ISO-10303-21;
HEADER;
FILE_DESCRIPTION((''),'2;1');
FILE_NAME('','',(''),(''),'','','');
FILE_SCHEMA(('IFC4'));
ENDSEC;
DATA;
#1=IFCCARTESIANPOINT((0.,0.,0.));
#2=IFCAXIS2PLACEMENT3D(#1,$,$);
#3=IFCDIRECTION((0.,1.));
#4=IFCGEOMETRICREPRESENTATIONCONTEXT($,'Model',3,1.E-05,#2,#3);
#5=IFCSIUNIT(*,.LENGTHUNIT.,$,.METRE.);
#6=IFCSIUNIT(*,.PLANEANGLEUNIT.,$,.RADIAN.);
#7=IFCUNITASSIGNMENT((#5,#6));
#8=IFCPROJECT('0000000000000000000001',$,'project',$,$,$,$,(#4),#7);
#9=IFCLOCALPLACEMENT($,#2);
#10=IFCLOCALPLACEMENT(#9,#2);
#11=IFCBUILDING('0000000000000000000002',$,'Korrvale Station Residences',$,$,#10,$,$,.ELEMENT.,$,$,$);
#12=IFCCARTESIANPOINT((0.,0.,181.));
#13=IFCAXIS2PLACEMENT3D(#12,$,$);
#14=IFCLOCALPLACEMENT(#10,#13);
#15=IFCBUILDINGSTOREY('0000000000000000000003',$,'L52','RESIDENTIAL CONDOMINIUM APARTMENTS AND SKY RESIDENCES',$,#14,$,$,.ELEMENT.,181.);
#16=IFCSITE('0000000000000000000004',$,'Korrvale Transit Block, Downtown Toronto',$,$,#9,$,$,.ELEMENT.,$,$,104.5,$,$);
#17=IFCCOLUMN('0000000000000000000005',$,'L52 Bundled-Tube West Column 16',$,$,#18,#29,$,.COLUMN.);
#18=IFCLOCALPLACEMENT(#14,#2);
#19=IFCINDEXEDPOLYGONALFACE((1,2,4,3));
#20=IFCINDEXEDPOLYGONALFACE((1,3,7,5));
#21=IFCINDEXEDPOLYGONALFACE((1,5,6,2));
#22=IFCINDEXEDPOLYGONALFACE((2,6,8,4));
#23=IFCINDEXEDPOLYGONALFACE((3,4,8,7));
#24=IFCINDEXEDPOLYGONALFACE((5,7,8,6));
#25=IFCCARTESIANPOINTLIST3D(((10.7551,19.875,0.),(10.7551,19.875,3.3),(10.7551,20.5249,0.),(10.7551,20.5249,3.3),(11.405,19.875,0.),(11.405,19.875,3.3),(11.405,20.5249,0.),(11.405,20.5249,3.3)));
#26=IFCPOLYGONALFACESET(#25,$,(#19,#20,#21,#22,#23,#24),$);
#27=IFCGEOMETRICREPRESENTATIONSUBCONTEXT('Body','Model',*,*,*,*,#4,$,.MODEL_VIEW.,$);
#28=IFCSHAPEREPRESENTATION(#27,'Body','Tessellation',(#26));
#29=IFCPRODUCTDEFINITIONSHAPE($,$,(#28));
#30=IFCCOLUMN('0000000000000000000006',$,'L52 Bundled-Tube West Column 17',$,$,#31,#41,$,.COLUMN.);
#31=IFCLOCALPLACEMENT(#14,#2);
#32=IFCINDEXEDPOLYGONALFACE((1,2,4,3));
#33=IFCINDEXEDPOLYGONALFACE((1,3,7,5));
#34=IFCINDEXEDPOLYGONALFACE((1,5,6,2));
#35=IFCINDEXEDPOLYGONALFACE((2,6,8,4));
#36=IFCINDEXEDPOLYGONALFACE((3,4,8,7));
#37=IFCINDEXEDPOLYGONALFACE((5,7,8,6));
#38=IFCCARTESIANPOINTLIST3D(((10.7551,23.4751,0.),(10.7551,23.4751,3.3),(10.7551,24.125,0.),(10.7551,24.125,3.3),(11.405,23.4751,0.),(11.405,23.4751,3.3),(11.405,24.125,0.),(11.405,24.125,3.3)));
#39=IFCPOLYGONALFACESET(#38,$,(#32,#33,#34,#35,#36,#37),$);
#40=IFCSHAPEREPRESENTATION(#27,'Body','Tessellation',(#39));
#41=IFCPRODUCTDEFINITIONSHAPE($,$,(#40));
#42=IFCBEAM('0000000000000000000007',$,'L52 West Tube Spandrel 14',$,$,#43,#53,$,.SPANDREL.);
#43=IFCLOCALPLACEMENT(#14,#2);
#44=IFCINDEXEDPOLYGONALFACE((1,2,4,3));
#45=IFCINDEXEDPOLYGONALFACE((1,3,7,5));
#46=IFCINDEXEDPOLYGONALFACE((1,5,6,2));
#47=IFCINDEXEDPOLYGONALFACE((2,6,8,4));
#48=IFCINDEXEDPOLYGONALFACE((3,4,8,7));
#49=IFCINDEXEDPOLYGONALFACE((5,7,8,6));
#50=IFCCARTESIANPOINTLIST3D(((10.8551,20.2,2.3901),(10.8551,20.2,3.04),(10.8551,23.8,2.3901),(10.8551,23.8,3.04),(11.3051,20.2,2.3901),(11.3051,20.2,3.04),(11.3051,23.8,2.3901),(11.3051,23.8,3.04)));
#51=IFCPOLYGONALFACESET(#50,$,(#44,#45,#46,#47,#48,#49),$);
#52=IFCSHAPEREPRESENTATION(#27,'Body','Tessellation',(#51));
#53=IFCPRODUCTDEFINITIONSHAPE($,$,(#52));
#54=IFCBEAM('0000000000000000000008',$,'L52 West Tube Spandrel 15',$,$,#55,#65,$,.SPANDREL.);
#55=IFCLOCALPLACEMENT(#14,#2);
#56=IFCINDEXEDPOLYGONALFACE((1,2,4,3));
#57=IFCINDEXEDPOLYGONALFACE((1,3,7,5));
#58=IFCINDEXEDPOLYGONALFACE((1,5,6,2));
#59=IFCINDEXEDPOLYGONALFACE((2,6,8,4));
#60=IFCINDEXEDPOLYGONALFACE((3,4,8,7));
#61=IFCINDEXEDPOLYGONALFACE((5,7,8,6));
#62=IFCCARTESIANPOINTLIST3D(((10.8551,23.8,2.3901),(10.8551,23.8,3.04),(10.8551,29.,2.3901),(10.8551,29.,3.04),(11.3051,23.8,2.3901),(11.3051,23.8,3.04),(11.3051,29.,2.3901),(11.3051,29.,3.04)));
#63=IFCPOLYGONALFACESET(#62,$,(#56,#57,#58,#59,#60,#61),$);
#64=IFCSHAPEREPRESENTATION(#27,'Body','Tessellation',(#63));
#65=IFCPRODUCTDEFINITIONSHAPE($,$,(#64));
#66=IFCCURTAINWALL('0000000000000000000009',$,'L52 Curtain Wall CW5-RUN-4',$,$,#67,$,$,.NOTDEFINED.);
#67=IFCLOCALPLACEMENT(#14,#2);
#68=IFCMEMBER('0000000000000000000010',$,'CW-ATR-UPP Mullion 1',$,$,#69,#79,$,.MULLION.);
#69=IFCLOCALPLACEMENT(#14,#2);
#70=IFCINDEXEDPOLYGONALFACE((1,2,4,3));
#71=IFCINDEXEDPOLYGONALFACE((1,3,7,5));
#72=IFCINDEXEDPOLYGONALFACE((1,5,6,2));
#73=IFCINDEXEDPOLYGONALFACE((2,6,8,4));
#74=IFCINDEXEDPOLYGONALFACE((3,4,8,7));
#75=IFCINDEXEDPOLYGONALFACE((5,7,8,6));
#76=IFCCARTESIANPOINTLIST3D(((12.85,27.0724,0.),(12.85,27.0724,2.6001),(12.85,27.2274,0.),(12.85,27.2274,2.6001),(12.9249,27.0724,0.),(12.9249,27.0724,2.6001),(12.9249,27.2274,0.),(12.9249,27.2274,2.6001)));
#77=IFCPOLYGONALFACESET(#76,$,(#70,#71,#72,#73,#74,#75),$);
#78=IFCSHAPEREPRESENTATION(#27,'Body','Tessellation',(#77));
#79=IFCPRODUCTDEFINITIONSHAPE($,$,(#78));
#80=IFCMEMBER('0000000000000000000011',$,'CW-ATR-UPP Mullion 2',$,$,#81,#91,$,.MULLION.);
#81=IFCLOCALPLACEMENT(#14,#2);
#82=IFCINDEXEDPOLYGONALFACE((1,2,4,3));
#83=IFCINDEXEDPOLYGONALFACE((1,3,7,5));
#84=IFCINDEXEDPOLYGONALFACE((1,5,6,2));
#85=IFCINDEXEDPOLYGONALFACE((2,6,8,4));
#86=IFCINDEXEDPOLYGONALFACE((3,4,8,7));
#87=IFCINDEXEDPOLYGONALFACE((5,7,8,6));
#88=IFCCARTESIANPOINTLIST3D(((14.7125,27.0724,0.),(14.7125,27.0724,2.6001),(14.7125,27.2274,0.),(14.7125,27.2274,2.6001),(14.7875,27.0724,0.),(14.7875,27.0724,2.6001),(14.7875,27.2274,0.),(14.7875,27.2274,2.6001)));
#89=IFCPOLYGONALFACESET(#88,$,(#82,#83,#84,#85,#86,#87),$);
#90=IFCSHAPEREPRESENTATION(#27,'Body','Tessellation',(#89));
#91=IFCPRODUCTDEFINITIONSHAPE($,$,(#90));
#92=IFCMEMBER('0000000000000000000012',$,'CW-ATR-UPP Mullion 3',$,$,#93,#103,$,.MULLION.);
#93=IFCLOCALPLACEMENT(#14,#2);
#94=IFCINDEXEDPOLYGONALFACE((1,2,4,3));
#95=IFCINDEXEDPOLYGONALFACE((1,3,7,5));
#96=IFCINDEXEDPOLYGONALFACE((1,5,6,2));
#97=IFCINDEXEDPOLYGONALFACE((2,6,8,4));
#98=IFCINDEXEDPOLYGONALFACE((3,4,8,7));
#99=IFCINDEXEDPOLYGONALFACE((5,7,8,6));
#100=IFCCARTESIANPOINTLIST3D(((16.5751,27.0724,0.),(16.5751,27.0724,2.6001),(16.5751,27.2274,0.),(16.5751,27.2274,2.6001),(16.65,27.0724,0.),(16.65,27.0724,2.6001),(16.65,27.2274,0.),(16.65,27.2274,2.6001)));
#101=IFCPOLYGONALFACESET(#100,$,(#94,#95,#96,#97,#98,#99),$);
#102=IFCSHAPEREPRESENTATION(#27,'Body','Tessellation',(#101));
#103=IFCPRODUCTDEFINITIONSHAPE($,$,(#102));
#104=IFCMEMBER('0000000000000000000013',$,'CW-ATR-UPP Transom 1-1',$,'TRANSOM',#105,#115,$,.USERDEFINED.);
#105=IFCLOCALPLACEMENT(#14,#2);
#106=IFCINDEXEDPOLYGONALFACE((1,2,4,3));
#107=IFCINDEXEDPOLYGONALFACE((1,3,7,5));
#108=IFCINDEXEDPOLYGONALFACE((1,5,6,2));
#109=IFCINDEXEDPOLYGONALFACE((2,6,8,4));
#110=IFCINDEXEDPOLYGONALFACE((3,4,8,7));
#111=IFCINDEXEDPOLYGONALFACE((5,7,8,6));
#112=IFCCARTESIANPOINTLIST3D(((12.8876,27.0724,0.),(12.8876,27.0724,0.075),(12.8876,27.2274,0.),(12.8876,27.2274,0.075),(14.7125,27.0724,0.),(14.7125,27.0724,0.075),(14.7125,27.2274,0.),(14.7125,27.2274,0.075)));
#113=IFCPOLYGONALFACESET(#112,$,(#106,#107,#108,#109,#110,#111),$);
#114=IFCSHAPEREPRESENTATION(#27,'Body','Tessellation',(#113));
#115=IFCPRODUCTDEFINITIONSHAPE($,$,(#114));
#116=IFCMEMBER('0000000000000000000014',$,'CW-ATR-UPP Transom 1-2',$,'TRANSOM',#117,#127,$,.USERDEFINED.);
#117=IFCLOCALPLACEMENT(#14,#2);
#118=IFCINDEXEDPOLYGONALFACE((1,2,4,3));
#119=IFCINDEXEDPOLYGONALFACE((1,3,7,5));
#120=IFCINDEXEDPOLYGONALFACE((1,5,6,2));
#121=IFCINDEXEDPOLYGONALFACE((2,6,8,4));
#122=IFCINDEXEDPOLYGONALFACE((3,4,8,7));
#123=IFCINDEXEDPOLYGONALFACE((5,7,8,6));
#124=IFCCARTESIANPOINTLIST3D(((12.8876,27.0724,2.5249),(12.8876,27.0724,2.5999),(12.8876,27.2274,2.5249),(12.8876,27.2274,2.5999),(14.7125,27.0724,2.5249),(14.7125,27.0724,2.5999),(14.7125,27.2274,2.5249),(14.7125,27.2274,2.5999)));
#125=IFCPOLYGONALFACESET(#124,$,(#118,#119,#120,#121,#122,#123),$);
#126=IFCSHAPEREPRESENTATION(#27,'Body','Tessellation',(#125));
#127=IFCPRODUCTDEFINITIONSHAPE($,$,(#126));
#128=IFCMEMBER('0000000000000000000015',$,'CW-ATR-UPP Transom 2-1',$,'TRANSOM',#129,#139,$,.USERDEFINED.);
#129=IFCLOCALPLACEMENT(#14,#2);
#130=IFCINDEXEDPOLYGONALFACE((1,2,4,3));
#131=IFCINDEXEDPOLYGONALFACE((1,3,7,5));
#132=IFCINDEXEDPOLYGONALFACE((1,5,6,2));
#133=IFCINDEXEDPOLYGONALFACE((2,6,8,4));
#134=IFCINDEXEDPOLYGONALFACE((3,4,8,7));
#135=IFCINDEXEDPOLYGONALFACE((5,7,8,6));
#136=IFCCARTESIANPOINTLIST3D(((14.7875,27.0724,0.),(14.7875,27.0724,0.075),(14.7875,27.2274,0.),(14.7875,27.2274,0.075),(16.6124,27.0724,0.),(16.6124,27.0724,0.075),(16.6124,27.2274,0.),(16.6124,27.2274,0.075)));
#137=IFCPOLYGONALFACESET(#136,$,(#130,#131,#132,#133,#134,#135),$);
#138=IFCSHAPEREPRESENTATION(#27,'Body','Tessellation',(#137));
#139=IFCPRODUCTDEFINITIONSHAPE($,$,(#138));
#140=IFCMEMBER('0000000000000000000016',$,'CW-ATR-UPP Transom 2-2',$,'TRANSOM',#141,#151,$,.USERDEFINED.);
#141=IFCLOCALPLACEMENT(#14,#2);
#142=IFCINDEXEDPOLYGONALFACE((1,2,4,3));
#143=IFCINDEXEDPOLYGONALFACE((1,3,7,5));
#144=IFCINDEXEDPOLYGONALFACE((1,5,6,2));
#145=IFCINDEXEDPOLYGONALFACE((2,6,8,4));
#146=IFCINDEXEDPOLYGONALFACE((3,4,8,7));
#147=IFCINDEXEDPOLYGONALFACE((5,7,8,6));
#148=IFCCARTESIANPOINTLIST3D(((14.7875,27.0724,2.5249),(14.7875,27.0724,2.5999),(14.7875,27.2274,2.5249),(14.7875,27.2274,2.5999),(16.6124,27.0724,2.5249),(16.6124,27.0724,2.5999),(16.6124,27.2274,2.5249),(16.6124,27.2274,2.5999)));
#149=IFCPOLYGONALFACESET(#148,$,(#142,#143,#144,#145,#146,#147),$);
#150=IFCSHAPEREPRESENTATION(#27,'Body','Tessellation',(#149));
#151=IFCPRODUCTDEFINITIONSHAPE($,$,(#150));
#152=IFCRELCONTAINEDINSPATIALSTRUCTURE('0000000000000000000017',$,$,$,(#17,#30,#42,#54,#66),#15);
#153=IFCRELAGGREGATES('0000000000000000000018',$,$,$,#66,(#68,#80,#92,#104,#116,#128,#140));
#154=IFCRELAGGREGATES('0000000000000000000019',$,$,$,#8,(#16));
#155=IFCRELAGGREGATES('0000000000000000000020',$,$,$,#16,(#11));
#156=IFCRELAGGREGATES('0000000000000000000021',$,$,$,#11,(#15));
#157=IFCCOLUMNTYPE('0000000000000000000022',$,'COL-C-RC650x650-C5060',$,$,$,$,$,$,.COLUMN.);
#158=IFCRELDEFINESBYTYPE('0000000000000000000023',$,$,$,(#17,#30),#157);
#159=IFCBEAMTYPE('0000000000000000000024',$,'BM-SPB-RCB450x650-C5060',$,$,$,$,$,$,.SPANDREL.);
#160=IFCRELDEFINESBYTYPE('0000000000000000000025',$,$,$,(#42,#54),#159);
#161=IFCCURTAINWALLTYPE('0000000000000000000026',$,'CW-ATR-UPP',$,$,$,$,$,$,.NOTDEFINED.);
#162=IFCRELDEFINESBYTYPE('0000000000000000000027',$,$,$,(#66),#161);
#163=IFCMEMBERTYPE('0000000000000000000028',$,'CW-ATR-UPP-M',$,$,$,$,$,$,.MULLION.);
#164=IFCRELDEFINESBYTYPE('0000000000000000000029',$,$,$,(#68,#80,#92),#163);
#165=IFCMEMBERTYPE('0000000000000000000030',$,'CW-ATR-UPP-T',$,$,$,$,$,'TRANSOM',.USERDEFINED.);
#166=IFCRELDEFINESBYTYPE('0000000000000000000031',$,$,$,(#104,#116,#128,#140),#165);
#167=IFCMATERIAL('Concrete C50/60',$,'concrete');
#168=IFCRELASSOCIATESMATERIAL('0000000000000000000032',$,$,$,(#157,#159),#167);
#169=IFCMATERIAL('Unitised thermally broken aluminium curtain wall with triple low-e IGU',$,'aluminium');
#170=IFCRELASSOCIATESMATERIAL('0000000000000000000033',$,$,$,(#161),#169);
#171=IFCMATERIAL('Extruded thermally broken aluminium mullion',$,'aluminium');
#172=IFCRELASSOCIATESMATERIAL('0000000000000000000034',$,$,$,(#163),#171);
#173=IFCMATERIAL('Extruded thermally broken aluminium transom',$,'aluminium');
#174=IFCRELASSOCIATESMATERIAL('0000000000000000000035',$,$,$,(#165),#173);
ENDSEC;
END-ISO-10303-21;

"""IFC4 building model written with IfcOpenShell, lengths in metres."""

from ifc_helpers import new_model, si_unit, direction, frame, origin, origin_2d, place, context, subcontext, project, spatial, rectangle, extrude, material, material_profile, profile_set, type_object, element, aggregate, save


model = new_model("IFC4")

# Units and contexts
model_context = context("Model", 3, precision=1e-05, world=origin(), true_north=direction((0.0, 1.0)))
body_context = subcontext(model_context, "Body", "Model", "MODEL_VIEW")
ifc_project = project(units=[si_unit("LENGTHUNIT", "METRE"), si_unit("PLANEANGLEUNIT", "RADIAN")], contexts=[model_context])

# Site, building, storey
site_placement = place(None, origin())
site = spatial("IfcSite", under=ifc_project, at=site_placement, Name="Korrvale Transit Block, Downtown Toronto", CompositionType="ELEMENT", RefElevation=104.5)
building_placement = place(site_placement, origin())
building = spatial("IfcBuilding", under=site, at=building_placement, Name="Korrvale Station Residences", CompositionType="ELEMENT")
storey_placement = place(building_placement, frame((0.0, 0.0, 181.0)))
storey = spatial("IfcBuildingStorey", under=building, at=storey_placement, Name="L52", Description="RESIDENTIAL CONDOMINIUM APARTMENTS AND SKY RESIDENCES", CompositionType="ELEMENT", Elevation=181.0)

# Columns
ifc_material_1 = material(Name="Concrete C50/60", Category="concrete")
ifc_material_profile_1 = material_profile(ifc_material_1, rectangle(XDim=0.6499, YDim=0.6499, at=origin_2d()), Name="RC650x650")
ifc_profile_set_1 = profile_set([ifc_material_profile_1], Name="Concrete C50/60")
column_type = type_object("IfcColumnType", Name="COL-C-RC650x650-C5060", PredefinedType="COLUMN", material=ifc_profile_set_1)
for number, where, z_axis, x_axis, name in (
    (1, (11.0801, 20.2, 0.0), (0.0, 0.0, 1.0), (1.0, 0.0, 0.0), "L52 Bundled-Tube West Column 16"),
    (2, (11.0801, 23.8, 0.0), (0.0, 0.0, 1.0), (1.0, 0.0, 0.0), "L52 Bundled-Tube West Column 17"),
):
    element("IfcColumn", number, at=place(storey_placement, frame(where, z_axis=z_axis, x_axis=x_axis)), inside=storey, type_object=column_type, Name=name, PredefinedType="COLUMN", context=body_context, shape_type="SweptSolid", body=[
        extrude(rectangle(XDim=0.6499, YDim=0.6499, at=origin_2d()), origin(), (0.0, 0.0, 1.0), 3.3),
    ])

# Beams
ifc_material_profile_2 = material_profile(ifc_material_1, rectangle(XDim=0.45, YDim=0.6499, at=origin_2d()), Name="RCB450x650")
ifc_profile_set_2 = profile_set([ifc_material_profile_2], Name="Concrete C50/60")
beam_type = type_object("IfcBeamType", Name="BM-SPB-RCB450x650-C5060", PredefinedType="SPANDREL", material=ifc_profile_set_2)
beam_1_placement = place(storey_placement, frame((11.0801, 20.2, 2.7151), z_axis=(0.0, 1.0, 0.0), x_axis=(-1.0, 0.0, 0.0)))
element("IfcBeam", 3, at=beam_1_placement, inside=storey, type_object=beam_type, Name="L52 West Tube Spandrel 14", PredefinedType="SPANDREL", context=body_context, shape_type="SweptSolid", body=[
    extrude(rectangle(XDim=0.45, YDim=0.6499, at=origin_2d()), origin(), (0.0, 0.0, 1.0), 3.6001),
])
beam_2_placement = place(storey_placement, frame((11.0801, 23.8, 2.7151), z_axis=(0.0, 1.0, 0.0), x_axis=(-1.0, 0.0, 0.0)))
element("IfcBeam", 4, at=beam_2_placement, inside=storey, type_object=beam_type, Name="L52 West Tube Spandrel 15", PredefinedType="SPANDREL", context=body_context, shape_type="SweptSolid", body=[
    extrude(rectangle(XDim=0.45, YDim=0.6499, at=origin_2d()), origin(), (0.0, 0.0, 1.0), 5.2),
])

# Curtain wall, members
ifc_material_2 = material(Name="Unitised thermally broken aluminium curtain wall with triple low-e IGU", Category="aluminium")
curtain_wall_type = type_object("IfcCurtainWallType", Name="CW-ATR-UPP", PredefinedType="NOTDEFINED", material=ifc_material_2)
curtain_wall_placement = place(storey_placement, origin())
curtain_wall = element("IfcCurtainWall", 5, at=curtain_wall_placement, inside=storey, type_object=curtain_wall_type, Name="L52 Curtain Wall CW5-RUN-4", PredefinedType="NOTDEFINED")
ifc_material_3 = material(Name="Extruded thermally broken aluminium mullion", Category="aluminium")
member_type_1 = type_object("IfcMemberType", Name="CW-ATR-UPP-M", PredefinedType="MULLION", material=ifc_material_3)
member_1_placement = place(storey_placement, frame((12.8875, 27.1499, 0.0), z_axis=(0.0, 0.0, 1.0), x_axis=(1.0, 0.0, 0.0)))
member_1 = element("IfcMember", 6, at=member_1_placement, type_object=member_type_1, Name="CW-ATR-UPP Mullion 1", PredefinedType="MULLION", context=body_context, shape_type="SweptSolid", body=[
    extrude(rectangle(XDim=0.075, YDim=0.155, at=origin_2d()), origin(), (0.0, 0.0, 1.0), 2.6001),
])
member_2_placement = place(storey_placement, frame((14.75, 27.1499, 0.0), z_axis=(0.0, 0.0, 1.0), x_axis=(1.0, 0.0, 0.0)))
member_2 = element("IfcMember", 7, at=member_2_placement, type_object=member_type_1, Name="CW-ATR-UPP Mullion 2", PredefinedType="MULLION", context=body_context, shape_type="SweptSolid", body=[
    extrude(rectangle(XDim=0.075, YDim=0.155, at=origin_2d()), origin(), (0.0, 0.0, 1.0), 2.6001),
])
member_3_placement = place(storey_placement, frame((16.6125, 27.1499, 0.0), z_axis=(0.0, 0.0, 1.0), x_axis=(1.0, 0.0, 0.0)))
member_3 = element("IfcMember", 8, at=member_3_placement, type_object=member_type_1, Name="CW-ATR-UPP Mullion 3", PredefinedType="MULLION", context=body_context, shape_type="SweptSolid", body=[
    extrude(rectangle(XDim=0.075, YDim=0.155, at=origin_2d()), origin(), (0.0, 0.0, 1.0), 2.6001),
])
ifc_material_4 = material(Name="Extruded thermally broken aluminium transom", Category="aluminium")
member_type_2 = type_object("IfcMemberType", Name="CW-ATR-UPP-T", ElementType="TRANSOM", PredefinedType="USERDEFINED", material=ifc_material_4)
member_4_placement = place(storey_placement, frame((13.8, 27.1499, 0.0), z_axis=(0.0, 0.0, 1.0), x_axis=(1.0, 0.0, 0.0)))
member_4 = element("IfcMember", 9, at=member_4_placement, type_object=member_type_2, Name="CW-ATR-UPP Transom 1-1", ObjectType="TRANSOM", PredefinedType="USERDEFINED", context=body_context, shape_type="SweptSolid", body=[
    extrude(rectangle(XDim=1.825, YDim=0.155, at=origin_2d()), origin(), (0.0, 0.0, 1.0), 0.075),
])
member_5_placement = place(storey_placement, frame((13.8, 27.1499, 2.5249), z_axis=(0.0, 0.0, 1.0), x_axis=(1.0, 0.0, 0.0)))
member_5 = element("IfcMember", 10, at=member_5_placement, type_object=member_type_2, Name="CW-ATR-UPP Transom 1-2", ObjectType="TRANSOM", PredefinedType="USERDEFINED", context=body_context, shape_type="SweptSolid", body=[
    extrude(rectangle(XDim=1.825, YDim=0.155, at=origin_2d()), origin(), (0.0, 0.0, 1.0), 0.075),
])
member_6_placement = place(storey_placement, frame((15.7, 27.1499, 0.0), z_axis=(0.0, 0.0, 1.0), x_axis=(1.0, 0.0, 0.0)))
member_6 = element("IfcMember", 11, at=member_6_placement, type_object=member_type_2, Name="CW-ATR-UPP Transom 2-1", ObjectType="TRANSOM", PredefinedType="USERDEFINED", context=body_context, shape_type="SweptSolid", body=[
    extrude(rectangle(XDim=1.825, YDim=0.155, at=origin_2d()), origin(), (0.0, 0.0, 1.0), 0.075),
])
member_7_placement = place(storey_placement, frame((15.7, 27.1499, 2.5249), z_axis=(0.0, 0.0, 1.0), x_axis=(1.0, 0.0, 0.0)))
member_7 = element("IfcMember", 12, at=member_7_placement, type_object=member_type_2, Name="CW-ATR-UPP Transom 2-2", ObjectType="TRANSOM", PredefinedType="USERDEFINED", context=body_context, shape_type="SweptSolid", body=[
    extrude(rectangle(XDim=1.825, YDim=0.155, at=origin_2d()), origin(), (0.0, 0.0, 1.0), 0.075),
])

aggregate(curtain_wall, [member_1, member_2, member_3, member_4, member_5, member_6, member_7])

save(model, "model.ifc")
